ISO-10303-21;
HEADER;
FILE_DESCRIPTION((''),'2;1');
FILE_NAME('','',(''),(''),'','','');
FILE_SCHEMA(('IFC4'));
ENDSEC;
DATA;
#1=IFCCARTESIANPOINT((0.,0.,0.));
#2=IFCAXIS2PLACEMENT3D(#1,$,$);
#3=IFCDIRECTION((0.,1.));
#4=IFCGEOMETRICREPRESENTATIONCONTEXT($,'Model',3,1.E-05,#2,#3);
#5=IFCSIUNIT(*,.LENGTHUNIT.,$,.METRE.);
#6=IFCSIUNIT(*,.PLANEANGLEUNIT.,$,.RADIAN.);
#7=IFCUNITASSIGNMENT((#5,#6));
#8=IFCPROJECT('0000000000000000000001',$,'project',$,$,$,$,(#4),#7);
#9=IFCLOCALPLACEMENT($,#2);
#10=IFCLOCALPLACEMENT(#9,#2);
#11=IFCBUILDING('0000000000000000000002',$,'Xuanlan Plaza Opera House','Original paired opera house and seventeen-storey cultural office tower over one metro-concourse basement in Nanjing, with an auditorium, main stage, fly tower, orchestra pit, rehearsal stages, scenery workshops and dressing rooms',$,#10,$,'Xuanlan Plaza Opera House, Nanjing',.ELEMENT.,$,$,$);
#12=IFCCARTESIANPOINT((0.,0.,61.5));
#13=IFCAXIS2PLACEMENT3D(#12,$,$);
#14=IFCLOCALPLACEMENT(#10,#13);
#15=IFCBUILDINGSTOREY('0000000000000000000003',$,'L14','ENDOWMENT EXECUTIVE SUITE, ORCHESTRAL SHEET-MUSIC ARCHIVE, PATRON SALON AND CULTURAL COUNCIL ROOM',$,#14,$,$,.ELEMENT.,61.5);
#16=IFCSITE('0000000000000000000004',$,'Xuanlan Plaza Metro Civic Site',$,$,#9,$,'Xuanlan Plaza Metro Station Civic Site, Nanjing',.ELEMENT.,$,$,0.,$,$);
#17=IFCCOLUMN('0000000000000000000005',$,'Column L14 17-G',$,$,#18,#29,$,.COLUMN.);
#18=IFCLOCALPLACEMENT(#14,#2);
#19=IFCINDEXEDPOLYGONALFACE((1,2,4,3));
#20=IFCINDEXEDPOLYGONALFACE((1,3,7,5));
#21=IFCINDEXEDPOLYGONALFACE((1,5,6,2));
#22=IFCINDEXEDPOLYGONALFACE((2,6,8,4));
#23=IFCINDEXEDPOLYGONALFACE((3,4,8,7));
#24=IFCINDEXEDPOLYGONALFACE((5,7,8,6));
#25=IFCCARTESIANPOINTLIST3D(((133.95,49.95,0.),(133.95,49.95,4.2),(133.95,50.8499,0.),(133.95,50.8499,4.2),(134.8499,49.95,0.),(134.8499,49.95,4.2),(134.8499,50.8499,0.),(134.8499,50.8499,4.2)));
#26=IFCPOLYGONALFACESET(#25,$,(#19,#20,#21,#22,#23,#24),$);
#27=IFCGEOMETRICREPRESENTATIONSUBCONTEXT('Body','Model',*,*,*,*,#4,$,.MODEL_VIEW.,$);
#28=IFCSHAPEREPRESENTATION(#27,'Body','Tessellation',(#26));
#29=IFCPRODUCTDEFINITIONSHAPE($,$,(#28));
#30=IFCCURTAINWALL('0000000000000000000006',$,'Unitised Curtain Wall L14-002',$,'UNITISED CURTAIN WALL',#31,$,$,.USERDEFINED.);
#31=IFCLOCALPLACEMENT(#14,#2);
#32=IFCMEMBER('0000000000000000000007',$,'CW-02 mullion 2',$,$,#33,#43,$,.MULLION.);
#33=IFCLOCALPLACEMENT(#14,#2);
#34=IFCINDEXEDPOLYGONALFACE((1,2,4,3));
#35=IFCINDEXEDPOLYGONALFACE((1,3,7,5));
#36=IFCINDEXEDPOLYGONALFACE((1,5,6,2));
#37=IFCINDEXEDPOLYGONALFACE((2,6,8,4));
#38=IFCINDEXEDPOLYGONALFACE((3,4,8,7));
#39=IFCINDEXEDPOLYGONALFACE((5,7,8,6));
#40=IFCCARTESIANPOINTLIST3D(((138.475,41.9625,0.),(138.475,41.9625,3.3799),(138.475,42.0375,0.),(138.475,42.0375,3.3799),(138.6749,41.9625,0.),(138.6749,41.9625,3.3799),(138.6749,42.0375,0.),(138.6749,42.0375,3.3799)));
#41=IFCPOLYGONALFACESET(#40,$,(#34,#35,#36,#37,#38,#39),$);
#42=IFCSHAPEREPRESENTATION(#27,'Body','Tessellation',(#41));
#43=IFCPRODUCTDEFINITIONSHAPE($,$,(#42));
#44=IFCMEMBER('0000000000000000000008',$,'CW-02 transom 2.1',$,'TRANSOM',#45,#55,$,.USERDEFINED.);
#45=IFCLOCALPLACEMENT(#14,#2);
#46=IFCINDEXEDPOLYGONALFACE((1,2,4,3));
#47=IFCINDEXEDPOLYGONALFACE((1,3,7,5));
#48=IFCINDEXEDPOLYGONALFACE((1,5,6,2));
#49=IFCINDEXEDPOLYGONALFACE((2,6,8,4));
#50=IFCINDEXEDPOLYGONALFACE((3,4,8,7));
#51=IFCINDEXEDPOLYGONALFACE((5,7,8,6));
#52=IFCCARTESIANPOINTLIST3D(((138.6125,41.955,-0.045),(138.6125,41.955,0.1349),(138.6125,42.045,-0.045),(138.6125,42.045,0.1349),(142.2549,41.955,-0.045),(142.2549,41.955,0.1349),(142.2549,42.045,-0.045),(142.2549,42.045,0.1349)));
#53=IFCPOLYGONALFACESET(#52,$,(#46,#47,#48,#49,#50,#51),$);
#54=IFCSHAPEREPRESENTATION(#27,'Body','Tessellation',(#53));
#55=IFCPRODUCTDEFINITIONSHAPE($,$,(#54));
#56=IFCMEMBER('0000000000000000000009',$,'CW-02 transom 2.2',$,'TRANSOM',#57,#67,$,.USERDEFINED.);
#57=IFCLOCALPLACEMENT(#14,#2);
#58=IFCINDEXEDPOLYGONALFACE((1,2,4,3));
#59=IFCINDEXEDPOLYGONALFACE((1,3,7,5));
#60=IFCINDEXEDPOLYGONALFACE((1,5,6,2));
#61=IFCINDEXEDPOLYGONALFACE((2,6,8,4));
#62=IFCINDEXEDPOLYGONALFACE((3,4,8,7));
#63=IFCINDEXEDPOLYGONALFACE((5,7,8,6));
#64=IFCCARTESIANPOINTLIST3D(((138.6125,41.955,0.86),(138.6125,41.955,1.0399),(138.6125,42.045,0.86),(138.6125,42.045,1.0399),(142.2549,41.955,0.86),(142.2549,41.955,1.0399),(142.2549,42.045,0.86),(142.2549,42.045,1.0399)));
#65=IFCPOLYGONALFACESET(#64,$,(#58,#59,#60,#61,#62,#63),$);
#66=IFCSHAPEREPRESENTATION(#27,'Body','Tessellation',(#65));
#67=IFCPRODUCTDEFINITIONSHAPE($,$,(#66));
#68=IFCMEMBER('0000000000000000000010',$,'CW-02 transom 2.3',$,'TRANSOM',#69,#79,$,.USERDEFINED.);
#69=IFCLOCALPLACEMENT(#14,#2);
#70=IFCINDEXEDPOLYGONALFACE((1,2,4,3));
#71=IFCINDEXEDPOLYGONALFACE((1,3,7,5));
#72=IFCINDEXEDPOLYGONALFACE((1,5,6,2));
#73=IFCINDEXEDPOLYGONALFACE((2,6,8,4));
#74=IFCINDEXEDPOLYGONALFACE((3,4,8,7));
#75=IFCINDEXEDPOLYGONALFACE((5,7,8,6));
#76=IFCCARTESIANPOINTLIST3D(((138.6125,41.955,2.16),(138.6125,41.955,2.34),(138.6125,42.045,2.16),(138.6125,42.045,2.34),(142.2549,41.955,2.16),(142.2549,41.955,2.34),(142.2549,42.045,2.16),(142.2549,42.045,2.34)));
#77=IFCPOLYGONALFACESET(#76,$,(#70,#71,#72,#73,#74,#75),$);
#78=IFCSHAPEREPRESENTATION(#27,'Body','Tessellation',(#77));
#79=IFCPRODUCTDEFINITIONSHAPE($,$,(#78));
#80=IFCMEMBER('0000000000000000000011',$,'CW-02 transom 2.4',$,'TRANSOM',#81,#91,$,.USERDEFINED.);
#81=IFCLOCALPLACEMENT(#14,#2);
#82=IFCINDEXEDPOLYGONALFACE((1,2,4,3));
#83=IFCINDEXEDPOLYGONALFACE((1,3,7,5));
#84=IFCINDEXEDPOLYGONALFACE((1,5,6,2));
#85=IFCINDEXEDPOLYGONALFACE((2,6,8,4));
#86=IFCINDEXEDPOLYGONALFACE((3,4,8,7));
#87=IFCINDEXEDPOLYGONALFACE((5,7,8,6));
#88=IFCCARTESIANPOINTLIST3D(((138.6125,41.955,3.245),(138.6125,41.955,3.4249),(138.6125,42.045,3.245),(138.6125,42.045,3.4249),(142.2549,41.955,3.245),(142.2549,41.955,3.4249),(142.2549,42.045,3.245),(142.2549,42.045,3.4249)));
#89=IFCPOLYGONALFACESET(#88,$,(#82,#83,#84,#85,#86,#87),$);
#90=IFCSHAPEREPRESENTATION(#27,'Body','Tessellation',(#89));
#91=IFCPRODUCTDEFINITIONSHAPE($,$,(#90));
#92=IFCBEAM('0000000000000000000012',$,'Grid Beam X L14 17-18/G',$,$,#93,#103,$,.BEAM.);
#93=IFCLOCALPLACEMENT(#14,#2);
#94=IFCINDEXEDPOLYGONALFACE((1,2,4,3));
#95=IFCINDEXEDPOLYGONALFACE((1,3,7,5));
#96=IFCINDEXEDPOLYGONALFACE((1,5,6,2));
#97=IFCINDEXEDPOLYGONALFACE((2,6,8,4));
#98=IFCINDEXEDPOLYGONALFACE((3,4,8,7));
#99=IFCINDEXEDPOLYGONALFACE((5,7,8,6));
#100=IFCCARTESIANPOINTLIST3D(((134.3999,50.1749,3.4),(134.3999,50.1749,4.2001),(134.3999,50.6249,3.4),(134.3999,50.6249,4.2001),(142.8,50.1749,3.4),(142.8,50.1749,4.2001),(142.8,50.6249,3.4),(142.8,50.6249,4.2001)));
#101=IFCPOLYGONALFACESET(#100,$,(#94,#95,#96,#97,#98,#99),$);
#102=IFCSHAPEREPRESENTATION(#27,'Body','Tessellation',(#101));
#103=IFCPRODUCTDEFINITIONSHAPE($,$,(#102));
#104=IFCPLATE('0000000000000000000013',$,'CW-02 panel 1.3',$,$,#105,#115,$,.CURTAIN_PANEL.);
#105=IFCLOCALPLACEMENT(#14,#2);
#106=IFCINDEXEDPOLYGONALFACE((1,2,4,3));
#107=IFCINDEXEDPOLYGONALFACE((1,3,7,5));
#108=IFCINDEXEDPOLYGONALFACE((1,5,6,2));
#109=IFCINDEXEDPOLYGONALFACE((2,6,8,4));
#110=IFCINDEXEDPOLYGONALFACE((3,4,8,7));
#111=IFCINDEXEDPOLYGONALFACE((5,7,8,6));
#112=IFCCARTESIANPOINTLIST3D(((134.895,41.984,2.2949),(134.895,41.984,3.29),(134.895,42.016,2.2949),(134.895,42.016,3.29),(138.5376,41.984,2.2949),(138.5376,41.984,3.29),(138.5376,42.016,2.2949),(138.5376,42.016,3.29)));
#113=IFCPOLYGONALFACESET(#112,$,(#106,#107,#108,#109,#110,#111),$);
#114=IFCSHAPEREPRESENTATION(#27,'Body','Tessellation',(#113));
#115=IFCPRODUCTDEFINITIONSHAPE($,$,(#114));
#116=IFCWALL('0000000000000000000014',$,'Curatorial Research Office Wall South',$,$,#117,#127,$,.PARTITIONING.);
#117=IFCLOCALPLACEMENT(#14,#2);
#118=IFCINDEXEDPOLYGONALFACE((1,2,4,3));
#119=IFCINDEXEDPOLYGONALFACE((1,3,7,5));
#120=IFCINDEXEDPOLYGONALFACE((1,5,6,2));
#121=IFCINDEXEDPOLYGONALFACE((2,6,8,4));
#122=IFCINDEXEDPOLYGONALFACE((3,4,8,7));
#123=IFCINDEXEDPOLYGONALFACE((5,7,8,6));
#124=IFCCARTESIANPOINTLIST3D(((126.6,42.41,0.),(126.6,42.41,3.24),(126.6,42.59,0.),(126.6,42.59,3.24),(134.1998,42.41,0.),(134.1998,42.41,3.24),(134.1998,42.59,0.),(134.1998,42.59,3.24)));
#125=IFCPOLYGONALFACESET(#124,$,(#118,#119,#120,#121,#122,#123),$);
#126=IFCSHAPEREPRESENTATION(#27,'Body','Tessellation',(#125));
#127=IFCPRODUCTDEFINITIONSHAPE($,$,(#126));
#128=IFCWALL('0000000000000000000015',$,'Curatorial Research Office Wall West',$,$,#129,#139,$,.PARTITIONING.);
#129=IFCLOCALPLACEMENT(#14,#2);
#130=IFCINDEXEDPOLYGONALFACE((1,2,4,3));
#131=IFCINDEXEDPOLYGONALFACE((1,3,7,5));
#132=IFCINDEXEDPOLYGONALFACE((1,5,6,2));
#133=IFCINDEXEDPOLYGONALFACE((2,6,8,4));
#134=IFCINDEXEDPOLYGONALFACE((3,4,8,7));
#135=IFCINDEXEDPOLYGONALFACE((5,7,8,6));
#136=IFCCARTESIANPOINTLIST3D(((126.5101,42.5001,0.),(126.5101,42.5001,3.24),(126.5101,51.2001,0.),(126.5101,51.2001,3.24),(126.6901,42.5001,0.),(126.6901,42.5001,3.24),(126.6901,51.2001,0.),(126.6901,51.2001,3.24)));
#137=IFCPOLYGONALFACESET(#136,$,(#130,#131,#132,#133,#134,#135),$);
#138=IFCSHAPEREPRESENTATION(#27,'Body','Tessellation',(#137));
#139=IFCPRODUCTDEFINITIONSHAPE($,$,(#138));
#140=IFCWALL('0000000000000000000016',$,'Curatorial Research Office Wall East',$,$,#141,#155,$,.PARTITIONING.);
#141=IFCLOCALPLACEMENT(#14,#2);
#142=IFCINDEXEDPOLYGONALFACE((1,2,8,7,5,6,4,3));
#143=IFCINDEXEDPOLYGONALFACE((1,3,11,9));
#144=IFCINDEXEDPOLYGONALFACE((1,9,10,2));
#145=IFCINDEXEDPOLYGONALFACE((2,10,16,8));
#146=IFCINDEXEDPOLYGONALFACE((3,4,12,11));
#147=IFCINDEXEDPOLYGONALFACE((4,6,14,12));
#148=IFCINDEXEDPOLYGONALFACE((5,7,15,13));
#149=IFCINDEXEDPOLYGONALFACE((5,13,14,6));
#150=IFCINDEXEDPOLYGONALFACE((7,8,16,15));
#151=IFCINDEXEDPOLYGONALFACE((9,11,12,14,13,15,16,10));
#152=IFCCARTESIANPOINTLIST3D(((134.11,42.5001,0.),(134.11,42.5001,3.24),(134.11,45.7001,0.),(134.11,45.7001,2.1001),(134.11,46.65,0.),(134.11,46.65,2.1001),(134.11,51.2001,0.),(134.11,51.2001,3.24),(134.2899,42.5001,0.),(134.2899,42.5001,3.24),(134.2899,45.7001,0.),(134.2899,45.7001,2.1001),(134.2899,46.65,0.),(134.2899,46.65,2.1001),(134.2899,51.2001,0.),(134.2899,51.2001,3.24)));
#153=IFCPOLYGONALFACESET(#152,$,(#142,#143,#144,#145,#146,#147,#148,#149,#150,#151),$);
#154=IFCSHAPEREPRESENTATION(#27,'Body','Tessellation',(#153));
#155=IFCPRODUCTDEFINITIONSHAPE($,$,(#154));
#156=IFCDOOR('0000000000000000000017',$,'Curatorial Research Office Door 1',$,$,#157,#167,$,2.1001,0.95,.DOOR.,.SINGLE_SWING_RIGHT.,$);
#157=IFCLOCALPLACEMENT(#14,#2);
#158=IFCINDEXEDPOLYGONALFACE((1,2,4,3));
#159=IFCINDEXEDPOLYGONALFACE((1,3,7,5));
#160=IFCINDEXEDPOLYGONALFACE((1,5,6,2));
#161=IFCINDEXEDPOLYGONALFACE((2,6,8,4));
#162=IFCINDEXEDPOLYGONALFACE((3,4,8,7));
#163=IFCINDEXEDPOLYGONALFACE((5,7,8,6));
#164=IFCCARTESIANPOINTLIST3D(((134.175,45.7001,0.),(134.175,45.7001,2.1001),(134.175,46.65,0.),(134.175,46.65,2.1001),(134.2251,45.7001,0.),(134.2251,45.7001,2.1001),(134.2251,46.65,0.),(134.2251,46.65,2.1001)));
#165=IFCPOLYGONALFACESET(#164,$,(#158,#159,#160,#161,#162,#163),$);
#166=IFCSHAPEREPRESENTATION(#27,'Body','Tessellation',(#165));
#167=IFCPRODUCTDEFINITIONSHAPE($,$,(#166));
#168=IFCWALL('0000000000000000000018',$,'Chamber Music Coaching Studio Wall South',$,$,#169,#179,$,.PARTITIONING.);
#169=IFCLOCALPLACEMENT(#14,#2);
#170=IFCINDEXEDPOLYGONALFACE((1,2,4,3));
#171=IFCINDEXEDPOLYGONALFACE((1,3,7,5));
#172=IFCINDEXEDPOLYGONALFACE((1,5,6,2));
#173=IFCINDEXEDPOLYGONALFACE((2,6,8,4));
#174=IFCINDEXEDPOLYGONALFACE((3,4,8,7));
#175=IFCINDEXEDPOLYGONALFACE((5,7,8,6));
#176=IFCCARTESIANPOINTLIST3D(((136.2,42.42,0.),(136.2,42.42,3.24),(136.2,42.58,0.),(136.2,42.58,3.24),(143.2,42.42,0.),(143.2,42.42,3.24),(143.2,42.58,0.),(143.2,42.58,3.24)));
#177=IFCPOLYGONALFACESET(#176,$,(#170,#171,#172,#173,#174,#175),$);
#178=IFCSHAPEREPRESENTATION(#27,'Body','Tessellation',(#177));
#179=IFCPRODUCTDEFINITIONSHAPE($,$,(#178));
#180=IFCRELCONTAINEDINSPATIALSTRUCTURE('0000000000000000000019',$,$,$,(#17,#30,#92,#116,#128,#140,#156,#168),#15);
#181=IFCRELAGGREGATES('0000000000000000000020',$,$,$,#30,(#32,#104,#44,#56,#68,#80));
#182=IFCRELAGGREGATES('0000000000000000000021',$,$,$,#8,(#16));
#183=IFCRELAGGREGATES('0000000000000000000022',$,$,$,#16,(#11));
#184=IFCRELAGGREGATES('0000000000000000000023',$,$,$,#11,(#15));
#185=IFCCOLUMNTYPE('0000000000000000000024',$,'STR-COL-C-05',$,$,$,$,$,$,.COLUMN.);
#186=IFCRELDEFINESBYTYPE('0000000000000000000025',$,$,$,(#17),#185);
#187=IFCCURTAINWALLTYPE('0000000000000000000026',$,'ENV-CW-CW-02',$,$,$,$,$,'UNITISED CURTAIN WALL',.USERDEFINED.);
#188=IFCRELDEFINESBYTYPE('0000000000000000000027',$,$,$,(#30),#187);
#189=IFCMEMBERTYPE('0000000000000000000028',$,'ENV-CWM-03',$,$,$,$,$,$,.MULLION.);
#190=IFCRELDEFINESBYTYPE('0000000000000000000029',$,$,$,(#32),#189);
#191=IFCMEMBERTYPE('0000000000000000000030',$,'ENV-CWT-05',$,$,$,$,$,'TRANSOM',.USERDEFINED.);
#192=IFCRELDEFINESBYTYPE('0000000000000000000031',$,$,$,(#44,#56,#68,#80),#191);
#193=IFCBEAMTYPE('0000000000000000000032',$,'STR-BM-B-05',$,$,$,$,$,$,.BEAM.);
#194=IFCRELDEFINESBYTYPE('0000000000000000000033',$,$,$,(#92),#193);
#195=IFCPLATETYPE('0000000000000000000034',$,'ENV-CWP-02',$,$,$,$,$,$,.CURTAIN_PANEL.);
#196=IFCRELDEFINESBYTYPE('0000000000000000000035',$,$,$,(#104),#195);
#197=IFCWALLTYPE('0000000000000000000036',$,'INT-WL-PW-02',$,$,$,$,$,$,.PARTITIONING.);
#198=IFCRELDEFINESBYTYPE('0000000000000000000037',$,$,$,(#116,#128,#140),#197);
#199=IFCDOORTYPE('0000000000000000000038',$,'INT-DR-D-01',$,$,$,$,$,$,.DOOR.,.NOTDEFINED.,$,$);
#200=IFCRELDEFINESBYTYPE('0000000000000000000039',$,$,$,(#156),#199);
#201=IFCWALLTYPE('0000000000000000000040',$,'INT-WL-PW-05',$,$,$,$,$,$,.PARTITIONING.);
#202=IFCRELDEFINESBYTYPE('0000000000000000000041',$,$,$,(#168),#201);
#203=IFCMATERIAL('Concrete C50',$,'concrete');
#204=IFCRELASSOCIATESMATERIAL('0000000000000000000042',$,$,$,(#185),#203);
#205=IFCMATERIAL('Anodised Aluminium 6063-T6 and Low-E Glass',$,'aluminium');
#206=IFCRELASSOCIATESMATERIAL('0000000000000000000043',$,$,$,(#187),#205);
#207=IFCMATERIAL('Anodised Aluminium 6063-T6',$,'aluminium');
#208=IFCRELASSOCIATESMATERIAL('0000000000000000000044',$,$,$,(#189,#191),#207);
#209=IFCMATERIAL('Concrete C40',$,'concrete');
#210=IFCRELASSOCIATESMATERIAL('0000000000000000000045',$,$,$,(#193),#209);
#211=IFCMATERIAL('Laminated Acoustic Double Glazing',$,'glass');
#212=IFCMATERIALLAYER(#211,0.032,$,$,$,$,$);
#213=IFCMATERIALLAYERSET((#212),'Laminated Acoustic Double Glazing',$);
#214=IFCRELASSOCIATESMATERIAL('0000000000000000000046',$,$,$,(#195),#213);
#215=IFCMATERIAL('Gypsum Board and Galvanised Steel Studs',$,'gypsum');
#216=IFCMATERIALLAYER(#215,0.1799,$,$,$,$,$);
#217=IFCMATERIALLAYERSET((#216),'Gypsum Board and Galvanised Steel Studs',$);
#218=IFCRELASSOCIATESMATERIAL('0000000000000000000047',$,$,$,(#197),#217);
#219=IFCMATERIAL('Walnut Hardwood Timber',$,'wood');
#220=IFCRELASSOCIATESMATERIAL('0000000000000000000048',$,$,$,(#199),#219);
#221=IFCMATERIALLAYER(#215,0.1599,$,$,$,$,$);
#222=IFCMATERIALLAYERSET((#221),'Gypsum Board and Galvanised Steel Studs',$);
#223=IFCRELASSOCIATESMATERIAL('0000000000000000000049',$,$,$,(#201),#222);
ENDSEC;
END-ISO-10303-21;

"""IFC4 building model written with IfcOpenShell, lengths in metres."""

from ifc_helpers import new_model, si_unit, direction, frame, frame_2d, origin, origin_2d, place, context, subcontext, project, spatial, rectangle, extrude, material, layer, layer_set, material_profile, profile_set, type_object, element, fill, aggregate, save


model = new_model("IFC4")

# Units and contexts
model_context = context("Model", 3, precision=1e-05, world=origin(), true_north=direction((0.0, 1.0)))
body_context = subcontext(model_context, "Body", "Model", "MODEL_VIEW")
ifc_project = project(units=[si_unit("LENGTHUNIT", "METRE"), si_unit("PLANEANGLEUNIT", "RADIAN")], contexts=[model_context])

# Site, building, storey
site_placement = place(None, origin())
site = spatial("IfcSite", under=ifc_project, at=site_placement, Name="Xuanlan Plaza Metro Civic Site", LongName="Xuanlan Plaza Metro Station Civic Site, Nanjing", CompositionType="ELEMENT", RefElevation=0.0)
building_placement = place(site_placement, origin())
building = spatial("IfcBuilding", under=site, at=building_placement, Name="Xuanlan Plaza Opera House", Description="Original paired opera house and seventeen-storey cultural office tower over one metro-concourse basement in Nanjing, with an auditorium, main stage, fly tower, orchestra pit, rehearsal stages, scenery workshops and dressing rooms", LongName="Xuanlan Plaza Opera House, Nanjing", CompositionType="ELEMENT")
storey_placement = place(building_placement, frame((0.0, 0.0, 61.5)))
storey = spatial("IfcBuildingStorey", under=building, at=storey_placement, Name="L14", Description="ENDOWMENT EXECUTIVE SUITE, ORCHESTRAL SHEET-MUSIC ARCHIVE, PATRON SALON AND CULTURAL COUNCIL ROOM", CompositionType="ELEMENT", Elevation=61.5)

# Column
ifc_material_1 = material(Name="Concrete C50", Category="concrete")
ifc_material_profile_1 = material_profile(ifc_material_1, rectangle(XDim=0.8999, YDim=0.8999, at=origin_2d()), Name="RC-COL 900x900")
ifc_profile_set_1 = profile_set([ifc_material_profile_1], Name="Concrete C50")
column_type = type_object("IfcColumnType", Name="STR-COL-C-05", PredefinedType="COLUMN", material=ifc_profile_set_1)
column_placement = place(storey_placement, frame((134.3999, 50.3999, 0.0), z_axis=(0.0, 0.0, 1.0), x_axis=(1.0, 0.0, 0.0)))
element("IfcColumn", 1, at=column_placement, inside=storey, type_object=column_type, Name="Column L14 17-G", PredefinedType="COLUMN", context=body_context, shape_type="SweptSolid", body=[
    extrude(rectangle(XDim=0.8999, YDim=0.8999, at=origin_2d()), origin(), (0.0, 0.0, 1.0), 4.2),
])

# Curtain wall, members
ifc_material_2 = material(Name="Anodised Aluminium 6063-T6 and Low-E Glass", Category="aluminium")
curtain_wall_type = type_object("IfcCurtainWallType", Name="ENV-CW-CW-02", ElementType="UNITISED CURTAIN WALL", PredefinedType="USERDEFINED", material=ifc_material_2)
curtain_wall_placement = place(storey_placement, origin())
curtain_wall = element("IfcCurtainWall", 2, at=curtain_wall_placement, inside=storey, type_object=curtain_wall_type, Name="Unitised Curtain Wall L14-002", ObjectType="UNITISED CURTAIN WALL", PredefinedType="USERDEFINED")
ifc_material_3 = material(Name="Anodised Aluminium 6063-T6", Category="aluminium")
ifc_material_profile_2 = material_profile(ifc_material_3, rectangle(XDim=0.075, YDim=0.2, at=origin_2d()), Name="ALU-M 75x200")
ifc_profile_set_2 = profile_set([ifc_material_profile_2], Name="Anodised Aluminium 6063-T6")
member_type_1 = type_object("IfcMemberType", Name="ENV-CWM-03", PredefinedType="MULLION", material=ifc_profile_set_2)
member_1_placement = place(storey_placement, frame((138.575, 42.0, 0.0), z_axis=(0.0, 0.0, 1.0), x_axis=(0.0, 1.0, 0.0)))
member_1 = element("IfcMember", 3, at=member_1_placement, type_object=member_type_1, Name="CW-02 mullion 2", PredefinedType="MULLION", context=body_context, shape_type="SweptSolid", body=[
    extrude(rectangle(XDim=0.075, YDim=0.2, at=origin_2d()), origin(), (0.0, 0.0, 1.0), 3.3799),
])
ifc_material_profile_3 = material_profile(ifc_material_3, rectangle(XDim=0.0901, YDim=0.1799, at=origin_2d()), Name="ALU-T 90x180")
ifc_profile_set_3 = profile_set([ifc_material_profile_3], Name="Anodised Aluminium 6063-T6")
member_type_2 = type_object("IfcMemberType", Name="ENV-CWT-05", ElementType="TRANSOM", PredefinedType="USERDEFINED", material=ifc_profile_set_3)
member_2_placement = place(storey_placement, frame((138.6125, 42.0, 0.0449), z_axis=(1.0, 0.0, 0.0), x_axis=(0.0, 1.0, 0.0)))
member_2 = element("IfcMember", 4, at=member_2_placement, type_object=member_type_2, Name="CW-02 transom 2.1", ObjectType="TRANSOM", PredefinedType="USERDEFINED", context=body_context, shape_type="SweptSolid", body=[
    extrude(rectangle(XDim=0.0901, YDim=0.1799, at=origin_2d()), origin(), (0.0, 0.0, 1.0), 3.6423),
])
member_3_placement = place(storey_placement, frame((138.6125, 42.0, 0.95), z_axis=(1.0, 0.0, 0.0), x_axis=(0.0, 1.0, 0.0)))
member_3 = element("IfcMember", 5, at=member_3_placement, type_object=member_type_2, Name="CW-02 transom 2.2", ObjectType="TRANSOM", PredefinedType="USERDEFINED", context=body_context, shape_type="SweptSolid", body=[
    extrude(rectangle(XDim=0.0901, YDim=0.1799, at=origin_2d()), origin(), (0.0, 0.0, 1.0), 3.6423),
])
member_4_placement = place(storey_placement, frame((138.6125, 42.0, 2.25), z_axis=(1.0, 0.0, 0.0), x_axis=(0.0, 1.0, 0.0)))
member_4 = element("IfcMember", 6, at=member_4_placement, type_object=member_type_2, Name="CW-02 transom 2.3", ObjectType="TRANSOM", PredefinedType="USERDEFINED", context=body_context, shape_type="SweptSolid", body=[
    extrude(rectangle(XDim=0.0901, YDim=0.1799, at=origin_2d()), origin(), (0.0, 0.0, 1.0), 3.6423),
])
member_5_placement = place(storey_placement, frame((138.6125, 42.0, 3.335), z_axis=(1.0, 0.0, 0.0), x_axis=(0.0, 1.0, 0.0)))
member_5 = element("IfcMember", 7, at=member_5_placement, type_object=member_type_2, Name="CW-02 transom 2.4", ObjectType="TRANSOM", PredefinedType="USERDEFINED", context=body_context, shape_type="SweptSolid", body=[
    extrude(rectangle(XDim=0.0901, YDim=0.1799, at=origin_2d()), origin(), (0.0, 0.0, 1.0), 3.6423),
])

# Beam
ifc_material_4 = material(Name="Concrete C40", Category="concrete")
ifc_material_profile_4 = material_profile(ifc_material_4, rectangle(XDim=0.45, YDim=0.8, at=origin_2d()), Name="RC-BM 450x800")
ifc_profile_set_4 = profile_set([ifc_material_profile_4], Name="Concrete C40")
beam_type = type_object("IfcBeamType", Name="STR-BM-B-05", PredefinedType="BEAM", material=ifc_profile_set_4)
beam_placement = place(storey_placement, frame((134.3999, 50.3999, 3.8), z_axis=(1.0, 0.0, 0.0), x_axis=(0.0, 1.0, 0.0)))
element("IfcBeam", 8, at=beam_placement, inside=storey, type_object=beam_type, Name="Grid Beam X L14 17-18/G", PredefinedType="BEAM", context=body_context, shape_type="SweptSolid", body=[
    extrude(rectangle(XDim=0.45, YDim=0.8, at=origin_2d()), origin(), (0.0, 0.0, 1.0), 8.4001),
])

# Plate
ifc_material_5 = material(Name="Laminated Acoustic Double Glazing", Category="glass")
ifc_layer_1 = layer(ifc_material_5, 0.032)
ifc_layer_set_1 = layer_set([ifc_layer_1], Name="Laminated Acoustic Double Glazing")
plate_type = type_object("IfcPlateType", Name="ENV-CWP-02", PredefinedType="CURTAIN_PANEL", material=ifc_layer_set_1)
plate_placement = place(storey_placement, frame((136.7163, 42.0, 2.2949), z_axis=(0.0, 0.0, 1.0), x_axis=(1.0, 0.0, 0.0)))
plate = element("IfcPlate", 9, at=plate_placement, type_object=plate_type, Name="CW-02 panel 1.3", PredefinedType="CURTAIN_PANEL", context=body_context, shape_type="SweptSolid", body=[
    extrude(rectangle(XDim=3.6426, YDim=0.032, at=origin_2d()), origin(), (0.0, 0.0, 1.0), 0.9951),
])
aggregate(curtain_wall, [member_1, plate, member_2, member_3, member_4, member_5])

# Walls
ifc_material_6 = material(Name="Gypsum Board and Galvanised Steel Studs", Category="gypsum")
ifc_layer_2 = layer(ifc_material_6, 0.1799)
ifc_layer_set_2 = layer_set([ifc_layer_2], Name="Gypsum Board and Galvanised Steel Studs")
wall_type_1 = type_object("IfcWallType", Name="INT-WL-PW-02", PredefinedType="PARTITIONING", material=ifc_layer_set_2)
wall_1_placement = place(storey_placement, frame((126.6001, 42.5, 0.0), z_axis=(0.0, 0.0, 1.0), x_axis=(1.0, 0.0, 0.0)))
element("IfcWall", 10, at=wall_1_placement, inside=storey, type_object=wall_type_1, Name="Curatorial Research Office Wall South", PredefinedType="PARTITIONING", context=body_context, shape_type="SweptSolid", body=[
    extrude(rectangle(XDim=7.5999, YDim=0.1799, at=frame_2d((3.7998, 0.0))), origin(), (0.0, 0.0, 1.0), 3.24),
])
wall_2_placement = place(storey_placement, frame((126.6001, 42.5, 0.0), z_axis=(0.0, 0.0, 1.0), x_axis=(0.0, 1.0, 0.0)))
element("IfcWall", 11, at=wall_2_placement, inside=storey, type_object=wall_type_1, Name="Curatorial Research Office Wall West", PredefinedType="PARTITIONING", context=body_context, shape_type="SweptSolid", body=[
    extrude(rectangle(XDim=8.7, YDim=0.1799, at=frame_2d((4.3501, 0.0))), origin(), (0.0, 0.0, 1.0), 3.24),
])

# Wall, opening, door
wall_3_placement = place(storey_placement, frame((134.2, 42.5, 0.0), z_axis=(0.0, 0.0, 1.0), x_axis=(0.0, 1.0, 0.0)))
wall_3 = element("IfcWall", 12, at=wall_3_placement, inside=storey, type_object=wall_type_1, Name="Curatorial Research Office Wall East", PredefinedType="PARTITIONING", context=body_context, shape_type="SweptSolid", body=[
    extrude(rectangle(XDim=8.7, YDim=0.1799, at=frame_2d((4.3501, 0.0))), origin(), (0.0, 0.0, 1.0), 3.24),
])
opening_1_placement = place(wall_3_placement, frame((3.2, 0.0, 0.0)))
opening_1 = element("IfcOpeningElement", 13, at=opening_1_placement, cuts=wall_3, PredefinedType="OPENING", context=body_context, shape_type="SweptSolid", body=[
    extrude(rectangle(XDim=0.95, YDim=2.1001, at=frame_2d((0.4751, 1.05))), frame((0.0, 0.0999, 0.0), z_axis=(0.0, -1.0, 0.0), x_axis=(1.0, 0.0, 0.0)), (0.0, 0.0, 1.0), 0.2),
])
ifc_material_7 = material(Name="Walnut Hardwood Timber", Category="wood")
door_type_1 = type_object("IfcDoorType", Name="INT-DR-D-01", OperationType="NOTDEFINED", PredefinedType="DOOR", material=ifc_material_7)
door_1_placement = place(opening_1_placement, origin())
door_1 = element("IfcDoor", 14, at=door_1_placement, inside=storey, type_object=door_type_1, Name="Curatorial Research Office Door 1", OperationType="SINGLE_SWING_RIGHT", OverallHeight=2.1001, OverallWidth=0.95, PredefinedType="DOOR", context=body_context, shape_type="SweptSolid", body=[
    extrude(rectangle(XDim=0.95, YDim=2.1001, at=frame_2d((0.4751, 1.05))), frame((0.0, 0.0249, 0.0), z_axis=(0.0, -1.0, 0.0), x_axis=(1.0, 0.0, 0.0)), (0.0, 0.0, 1.0), 0.05),
])
fill(opening_1, door_1)

# Wall
ifc_layer_3 = layer(ifc_material_6, 0.1599)
ifc_layer_set_3 = layer_set([ifc_layer_3], Name="Gypsum Board and Galvanised Steel Studs")
wall_type_2 = type_object("IfcWallType", Name="INT-WL-PW-05", PredefinedType="PARTITIONING", material=ifc_layer_set_3)
wall_4_placement = place(storey_placement, frame((136.2, 42.5, 0.0), z_axis=(0.0, 0.0, 1.0), x_axis=(1.0, 0.0, 0.0)))
element("IfcWall", 15, at=wall_4_placement, inside=storey, type_object=wall_type_2, Name="Chamber Music Coaching Studio Wall South", PredefinedType="PARTITIONING", context=body_context, shape_type="SweptSolid", body=[
    extrude(rectangle(XDim=7.0, YDim=0.1599, at=frame_2d((3.5, 0.0))), origin(), (0.0, 0.0, 1.0), 3.24),
])

save(model, "model.ifc")
